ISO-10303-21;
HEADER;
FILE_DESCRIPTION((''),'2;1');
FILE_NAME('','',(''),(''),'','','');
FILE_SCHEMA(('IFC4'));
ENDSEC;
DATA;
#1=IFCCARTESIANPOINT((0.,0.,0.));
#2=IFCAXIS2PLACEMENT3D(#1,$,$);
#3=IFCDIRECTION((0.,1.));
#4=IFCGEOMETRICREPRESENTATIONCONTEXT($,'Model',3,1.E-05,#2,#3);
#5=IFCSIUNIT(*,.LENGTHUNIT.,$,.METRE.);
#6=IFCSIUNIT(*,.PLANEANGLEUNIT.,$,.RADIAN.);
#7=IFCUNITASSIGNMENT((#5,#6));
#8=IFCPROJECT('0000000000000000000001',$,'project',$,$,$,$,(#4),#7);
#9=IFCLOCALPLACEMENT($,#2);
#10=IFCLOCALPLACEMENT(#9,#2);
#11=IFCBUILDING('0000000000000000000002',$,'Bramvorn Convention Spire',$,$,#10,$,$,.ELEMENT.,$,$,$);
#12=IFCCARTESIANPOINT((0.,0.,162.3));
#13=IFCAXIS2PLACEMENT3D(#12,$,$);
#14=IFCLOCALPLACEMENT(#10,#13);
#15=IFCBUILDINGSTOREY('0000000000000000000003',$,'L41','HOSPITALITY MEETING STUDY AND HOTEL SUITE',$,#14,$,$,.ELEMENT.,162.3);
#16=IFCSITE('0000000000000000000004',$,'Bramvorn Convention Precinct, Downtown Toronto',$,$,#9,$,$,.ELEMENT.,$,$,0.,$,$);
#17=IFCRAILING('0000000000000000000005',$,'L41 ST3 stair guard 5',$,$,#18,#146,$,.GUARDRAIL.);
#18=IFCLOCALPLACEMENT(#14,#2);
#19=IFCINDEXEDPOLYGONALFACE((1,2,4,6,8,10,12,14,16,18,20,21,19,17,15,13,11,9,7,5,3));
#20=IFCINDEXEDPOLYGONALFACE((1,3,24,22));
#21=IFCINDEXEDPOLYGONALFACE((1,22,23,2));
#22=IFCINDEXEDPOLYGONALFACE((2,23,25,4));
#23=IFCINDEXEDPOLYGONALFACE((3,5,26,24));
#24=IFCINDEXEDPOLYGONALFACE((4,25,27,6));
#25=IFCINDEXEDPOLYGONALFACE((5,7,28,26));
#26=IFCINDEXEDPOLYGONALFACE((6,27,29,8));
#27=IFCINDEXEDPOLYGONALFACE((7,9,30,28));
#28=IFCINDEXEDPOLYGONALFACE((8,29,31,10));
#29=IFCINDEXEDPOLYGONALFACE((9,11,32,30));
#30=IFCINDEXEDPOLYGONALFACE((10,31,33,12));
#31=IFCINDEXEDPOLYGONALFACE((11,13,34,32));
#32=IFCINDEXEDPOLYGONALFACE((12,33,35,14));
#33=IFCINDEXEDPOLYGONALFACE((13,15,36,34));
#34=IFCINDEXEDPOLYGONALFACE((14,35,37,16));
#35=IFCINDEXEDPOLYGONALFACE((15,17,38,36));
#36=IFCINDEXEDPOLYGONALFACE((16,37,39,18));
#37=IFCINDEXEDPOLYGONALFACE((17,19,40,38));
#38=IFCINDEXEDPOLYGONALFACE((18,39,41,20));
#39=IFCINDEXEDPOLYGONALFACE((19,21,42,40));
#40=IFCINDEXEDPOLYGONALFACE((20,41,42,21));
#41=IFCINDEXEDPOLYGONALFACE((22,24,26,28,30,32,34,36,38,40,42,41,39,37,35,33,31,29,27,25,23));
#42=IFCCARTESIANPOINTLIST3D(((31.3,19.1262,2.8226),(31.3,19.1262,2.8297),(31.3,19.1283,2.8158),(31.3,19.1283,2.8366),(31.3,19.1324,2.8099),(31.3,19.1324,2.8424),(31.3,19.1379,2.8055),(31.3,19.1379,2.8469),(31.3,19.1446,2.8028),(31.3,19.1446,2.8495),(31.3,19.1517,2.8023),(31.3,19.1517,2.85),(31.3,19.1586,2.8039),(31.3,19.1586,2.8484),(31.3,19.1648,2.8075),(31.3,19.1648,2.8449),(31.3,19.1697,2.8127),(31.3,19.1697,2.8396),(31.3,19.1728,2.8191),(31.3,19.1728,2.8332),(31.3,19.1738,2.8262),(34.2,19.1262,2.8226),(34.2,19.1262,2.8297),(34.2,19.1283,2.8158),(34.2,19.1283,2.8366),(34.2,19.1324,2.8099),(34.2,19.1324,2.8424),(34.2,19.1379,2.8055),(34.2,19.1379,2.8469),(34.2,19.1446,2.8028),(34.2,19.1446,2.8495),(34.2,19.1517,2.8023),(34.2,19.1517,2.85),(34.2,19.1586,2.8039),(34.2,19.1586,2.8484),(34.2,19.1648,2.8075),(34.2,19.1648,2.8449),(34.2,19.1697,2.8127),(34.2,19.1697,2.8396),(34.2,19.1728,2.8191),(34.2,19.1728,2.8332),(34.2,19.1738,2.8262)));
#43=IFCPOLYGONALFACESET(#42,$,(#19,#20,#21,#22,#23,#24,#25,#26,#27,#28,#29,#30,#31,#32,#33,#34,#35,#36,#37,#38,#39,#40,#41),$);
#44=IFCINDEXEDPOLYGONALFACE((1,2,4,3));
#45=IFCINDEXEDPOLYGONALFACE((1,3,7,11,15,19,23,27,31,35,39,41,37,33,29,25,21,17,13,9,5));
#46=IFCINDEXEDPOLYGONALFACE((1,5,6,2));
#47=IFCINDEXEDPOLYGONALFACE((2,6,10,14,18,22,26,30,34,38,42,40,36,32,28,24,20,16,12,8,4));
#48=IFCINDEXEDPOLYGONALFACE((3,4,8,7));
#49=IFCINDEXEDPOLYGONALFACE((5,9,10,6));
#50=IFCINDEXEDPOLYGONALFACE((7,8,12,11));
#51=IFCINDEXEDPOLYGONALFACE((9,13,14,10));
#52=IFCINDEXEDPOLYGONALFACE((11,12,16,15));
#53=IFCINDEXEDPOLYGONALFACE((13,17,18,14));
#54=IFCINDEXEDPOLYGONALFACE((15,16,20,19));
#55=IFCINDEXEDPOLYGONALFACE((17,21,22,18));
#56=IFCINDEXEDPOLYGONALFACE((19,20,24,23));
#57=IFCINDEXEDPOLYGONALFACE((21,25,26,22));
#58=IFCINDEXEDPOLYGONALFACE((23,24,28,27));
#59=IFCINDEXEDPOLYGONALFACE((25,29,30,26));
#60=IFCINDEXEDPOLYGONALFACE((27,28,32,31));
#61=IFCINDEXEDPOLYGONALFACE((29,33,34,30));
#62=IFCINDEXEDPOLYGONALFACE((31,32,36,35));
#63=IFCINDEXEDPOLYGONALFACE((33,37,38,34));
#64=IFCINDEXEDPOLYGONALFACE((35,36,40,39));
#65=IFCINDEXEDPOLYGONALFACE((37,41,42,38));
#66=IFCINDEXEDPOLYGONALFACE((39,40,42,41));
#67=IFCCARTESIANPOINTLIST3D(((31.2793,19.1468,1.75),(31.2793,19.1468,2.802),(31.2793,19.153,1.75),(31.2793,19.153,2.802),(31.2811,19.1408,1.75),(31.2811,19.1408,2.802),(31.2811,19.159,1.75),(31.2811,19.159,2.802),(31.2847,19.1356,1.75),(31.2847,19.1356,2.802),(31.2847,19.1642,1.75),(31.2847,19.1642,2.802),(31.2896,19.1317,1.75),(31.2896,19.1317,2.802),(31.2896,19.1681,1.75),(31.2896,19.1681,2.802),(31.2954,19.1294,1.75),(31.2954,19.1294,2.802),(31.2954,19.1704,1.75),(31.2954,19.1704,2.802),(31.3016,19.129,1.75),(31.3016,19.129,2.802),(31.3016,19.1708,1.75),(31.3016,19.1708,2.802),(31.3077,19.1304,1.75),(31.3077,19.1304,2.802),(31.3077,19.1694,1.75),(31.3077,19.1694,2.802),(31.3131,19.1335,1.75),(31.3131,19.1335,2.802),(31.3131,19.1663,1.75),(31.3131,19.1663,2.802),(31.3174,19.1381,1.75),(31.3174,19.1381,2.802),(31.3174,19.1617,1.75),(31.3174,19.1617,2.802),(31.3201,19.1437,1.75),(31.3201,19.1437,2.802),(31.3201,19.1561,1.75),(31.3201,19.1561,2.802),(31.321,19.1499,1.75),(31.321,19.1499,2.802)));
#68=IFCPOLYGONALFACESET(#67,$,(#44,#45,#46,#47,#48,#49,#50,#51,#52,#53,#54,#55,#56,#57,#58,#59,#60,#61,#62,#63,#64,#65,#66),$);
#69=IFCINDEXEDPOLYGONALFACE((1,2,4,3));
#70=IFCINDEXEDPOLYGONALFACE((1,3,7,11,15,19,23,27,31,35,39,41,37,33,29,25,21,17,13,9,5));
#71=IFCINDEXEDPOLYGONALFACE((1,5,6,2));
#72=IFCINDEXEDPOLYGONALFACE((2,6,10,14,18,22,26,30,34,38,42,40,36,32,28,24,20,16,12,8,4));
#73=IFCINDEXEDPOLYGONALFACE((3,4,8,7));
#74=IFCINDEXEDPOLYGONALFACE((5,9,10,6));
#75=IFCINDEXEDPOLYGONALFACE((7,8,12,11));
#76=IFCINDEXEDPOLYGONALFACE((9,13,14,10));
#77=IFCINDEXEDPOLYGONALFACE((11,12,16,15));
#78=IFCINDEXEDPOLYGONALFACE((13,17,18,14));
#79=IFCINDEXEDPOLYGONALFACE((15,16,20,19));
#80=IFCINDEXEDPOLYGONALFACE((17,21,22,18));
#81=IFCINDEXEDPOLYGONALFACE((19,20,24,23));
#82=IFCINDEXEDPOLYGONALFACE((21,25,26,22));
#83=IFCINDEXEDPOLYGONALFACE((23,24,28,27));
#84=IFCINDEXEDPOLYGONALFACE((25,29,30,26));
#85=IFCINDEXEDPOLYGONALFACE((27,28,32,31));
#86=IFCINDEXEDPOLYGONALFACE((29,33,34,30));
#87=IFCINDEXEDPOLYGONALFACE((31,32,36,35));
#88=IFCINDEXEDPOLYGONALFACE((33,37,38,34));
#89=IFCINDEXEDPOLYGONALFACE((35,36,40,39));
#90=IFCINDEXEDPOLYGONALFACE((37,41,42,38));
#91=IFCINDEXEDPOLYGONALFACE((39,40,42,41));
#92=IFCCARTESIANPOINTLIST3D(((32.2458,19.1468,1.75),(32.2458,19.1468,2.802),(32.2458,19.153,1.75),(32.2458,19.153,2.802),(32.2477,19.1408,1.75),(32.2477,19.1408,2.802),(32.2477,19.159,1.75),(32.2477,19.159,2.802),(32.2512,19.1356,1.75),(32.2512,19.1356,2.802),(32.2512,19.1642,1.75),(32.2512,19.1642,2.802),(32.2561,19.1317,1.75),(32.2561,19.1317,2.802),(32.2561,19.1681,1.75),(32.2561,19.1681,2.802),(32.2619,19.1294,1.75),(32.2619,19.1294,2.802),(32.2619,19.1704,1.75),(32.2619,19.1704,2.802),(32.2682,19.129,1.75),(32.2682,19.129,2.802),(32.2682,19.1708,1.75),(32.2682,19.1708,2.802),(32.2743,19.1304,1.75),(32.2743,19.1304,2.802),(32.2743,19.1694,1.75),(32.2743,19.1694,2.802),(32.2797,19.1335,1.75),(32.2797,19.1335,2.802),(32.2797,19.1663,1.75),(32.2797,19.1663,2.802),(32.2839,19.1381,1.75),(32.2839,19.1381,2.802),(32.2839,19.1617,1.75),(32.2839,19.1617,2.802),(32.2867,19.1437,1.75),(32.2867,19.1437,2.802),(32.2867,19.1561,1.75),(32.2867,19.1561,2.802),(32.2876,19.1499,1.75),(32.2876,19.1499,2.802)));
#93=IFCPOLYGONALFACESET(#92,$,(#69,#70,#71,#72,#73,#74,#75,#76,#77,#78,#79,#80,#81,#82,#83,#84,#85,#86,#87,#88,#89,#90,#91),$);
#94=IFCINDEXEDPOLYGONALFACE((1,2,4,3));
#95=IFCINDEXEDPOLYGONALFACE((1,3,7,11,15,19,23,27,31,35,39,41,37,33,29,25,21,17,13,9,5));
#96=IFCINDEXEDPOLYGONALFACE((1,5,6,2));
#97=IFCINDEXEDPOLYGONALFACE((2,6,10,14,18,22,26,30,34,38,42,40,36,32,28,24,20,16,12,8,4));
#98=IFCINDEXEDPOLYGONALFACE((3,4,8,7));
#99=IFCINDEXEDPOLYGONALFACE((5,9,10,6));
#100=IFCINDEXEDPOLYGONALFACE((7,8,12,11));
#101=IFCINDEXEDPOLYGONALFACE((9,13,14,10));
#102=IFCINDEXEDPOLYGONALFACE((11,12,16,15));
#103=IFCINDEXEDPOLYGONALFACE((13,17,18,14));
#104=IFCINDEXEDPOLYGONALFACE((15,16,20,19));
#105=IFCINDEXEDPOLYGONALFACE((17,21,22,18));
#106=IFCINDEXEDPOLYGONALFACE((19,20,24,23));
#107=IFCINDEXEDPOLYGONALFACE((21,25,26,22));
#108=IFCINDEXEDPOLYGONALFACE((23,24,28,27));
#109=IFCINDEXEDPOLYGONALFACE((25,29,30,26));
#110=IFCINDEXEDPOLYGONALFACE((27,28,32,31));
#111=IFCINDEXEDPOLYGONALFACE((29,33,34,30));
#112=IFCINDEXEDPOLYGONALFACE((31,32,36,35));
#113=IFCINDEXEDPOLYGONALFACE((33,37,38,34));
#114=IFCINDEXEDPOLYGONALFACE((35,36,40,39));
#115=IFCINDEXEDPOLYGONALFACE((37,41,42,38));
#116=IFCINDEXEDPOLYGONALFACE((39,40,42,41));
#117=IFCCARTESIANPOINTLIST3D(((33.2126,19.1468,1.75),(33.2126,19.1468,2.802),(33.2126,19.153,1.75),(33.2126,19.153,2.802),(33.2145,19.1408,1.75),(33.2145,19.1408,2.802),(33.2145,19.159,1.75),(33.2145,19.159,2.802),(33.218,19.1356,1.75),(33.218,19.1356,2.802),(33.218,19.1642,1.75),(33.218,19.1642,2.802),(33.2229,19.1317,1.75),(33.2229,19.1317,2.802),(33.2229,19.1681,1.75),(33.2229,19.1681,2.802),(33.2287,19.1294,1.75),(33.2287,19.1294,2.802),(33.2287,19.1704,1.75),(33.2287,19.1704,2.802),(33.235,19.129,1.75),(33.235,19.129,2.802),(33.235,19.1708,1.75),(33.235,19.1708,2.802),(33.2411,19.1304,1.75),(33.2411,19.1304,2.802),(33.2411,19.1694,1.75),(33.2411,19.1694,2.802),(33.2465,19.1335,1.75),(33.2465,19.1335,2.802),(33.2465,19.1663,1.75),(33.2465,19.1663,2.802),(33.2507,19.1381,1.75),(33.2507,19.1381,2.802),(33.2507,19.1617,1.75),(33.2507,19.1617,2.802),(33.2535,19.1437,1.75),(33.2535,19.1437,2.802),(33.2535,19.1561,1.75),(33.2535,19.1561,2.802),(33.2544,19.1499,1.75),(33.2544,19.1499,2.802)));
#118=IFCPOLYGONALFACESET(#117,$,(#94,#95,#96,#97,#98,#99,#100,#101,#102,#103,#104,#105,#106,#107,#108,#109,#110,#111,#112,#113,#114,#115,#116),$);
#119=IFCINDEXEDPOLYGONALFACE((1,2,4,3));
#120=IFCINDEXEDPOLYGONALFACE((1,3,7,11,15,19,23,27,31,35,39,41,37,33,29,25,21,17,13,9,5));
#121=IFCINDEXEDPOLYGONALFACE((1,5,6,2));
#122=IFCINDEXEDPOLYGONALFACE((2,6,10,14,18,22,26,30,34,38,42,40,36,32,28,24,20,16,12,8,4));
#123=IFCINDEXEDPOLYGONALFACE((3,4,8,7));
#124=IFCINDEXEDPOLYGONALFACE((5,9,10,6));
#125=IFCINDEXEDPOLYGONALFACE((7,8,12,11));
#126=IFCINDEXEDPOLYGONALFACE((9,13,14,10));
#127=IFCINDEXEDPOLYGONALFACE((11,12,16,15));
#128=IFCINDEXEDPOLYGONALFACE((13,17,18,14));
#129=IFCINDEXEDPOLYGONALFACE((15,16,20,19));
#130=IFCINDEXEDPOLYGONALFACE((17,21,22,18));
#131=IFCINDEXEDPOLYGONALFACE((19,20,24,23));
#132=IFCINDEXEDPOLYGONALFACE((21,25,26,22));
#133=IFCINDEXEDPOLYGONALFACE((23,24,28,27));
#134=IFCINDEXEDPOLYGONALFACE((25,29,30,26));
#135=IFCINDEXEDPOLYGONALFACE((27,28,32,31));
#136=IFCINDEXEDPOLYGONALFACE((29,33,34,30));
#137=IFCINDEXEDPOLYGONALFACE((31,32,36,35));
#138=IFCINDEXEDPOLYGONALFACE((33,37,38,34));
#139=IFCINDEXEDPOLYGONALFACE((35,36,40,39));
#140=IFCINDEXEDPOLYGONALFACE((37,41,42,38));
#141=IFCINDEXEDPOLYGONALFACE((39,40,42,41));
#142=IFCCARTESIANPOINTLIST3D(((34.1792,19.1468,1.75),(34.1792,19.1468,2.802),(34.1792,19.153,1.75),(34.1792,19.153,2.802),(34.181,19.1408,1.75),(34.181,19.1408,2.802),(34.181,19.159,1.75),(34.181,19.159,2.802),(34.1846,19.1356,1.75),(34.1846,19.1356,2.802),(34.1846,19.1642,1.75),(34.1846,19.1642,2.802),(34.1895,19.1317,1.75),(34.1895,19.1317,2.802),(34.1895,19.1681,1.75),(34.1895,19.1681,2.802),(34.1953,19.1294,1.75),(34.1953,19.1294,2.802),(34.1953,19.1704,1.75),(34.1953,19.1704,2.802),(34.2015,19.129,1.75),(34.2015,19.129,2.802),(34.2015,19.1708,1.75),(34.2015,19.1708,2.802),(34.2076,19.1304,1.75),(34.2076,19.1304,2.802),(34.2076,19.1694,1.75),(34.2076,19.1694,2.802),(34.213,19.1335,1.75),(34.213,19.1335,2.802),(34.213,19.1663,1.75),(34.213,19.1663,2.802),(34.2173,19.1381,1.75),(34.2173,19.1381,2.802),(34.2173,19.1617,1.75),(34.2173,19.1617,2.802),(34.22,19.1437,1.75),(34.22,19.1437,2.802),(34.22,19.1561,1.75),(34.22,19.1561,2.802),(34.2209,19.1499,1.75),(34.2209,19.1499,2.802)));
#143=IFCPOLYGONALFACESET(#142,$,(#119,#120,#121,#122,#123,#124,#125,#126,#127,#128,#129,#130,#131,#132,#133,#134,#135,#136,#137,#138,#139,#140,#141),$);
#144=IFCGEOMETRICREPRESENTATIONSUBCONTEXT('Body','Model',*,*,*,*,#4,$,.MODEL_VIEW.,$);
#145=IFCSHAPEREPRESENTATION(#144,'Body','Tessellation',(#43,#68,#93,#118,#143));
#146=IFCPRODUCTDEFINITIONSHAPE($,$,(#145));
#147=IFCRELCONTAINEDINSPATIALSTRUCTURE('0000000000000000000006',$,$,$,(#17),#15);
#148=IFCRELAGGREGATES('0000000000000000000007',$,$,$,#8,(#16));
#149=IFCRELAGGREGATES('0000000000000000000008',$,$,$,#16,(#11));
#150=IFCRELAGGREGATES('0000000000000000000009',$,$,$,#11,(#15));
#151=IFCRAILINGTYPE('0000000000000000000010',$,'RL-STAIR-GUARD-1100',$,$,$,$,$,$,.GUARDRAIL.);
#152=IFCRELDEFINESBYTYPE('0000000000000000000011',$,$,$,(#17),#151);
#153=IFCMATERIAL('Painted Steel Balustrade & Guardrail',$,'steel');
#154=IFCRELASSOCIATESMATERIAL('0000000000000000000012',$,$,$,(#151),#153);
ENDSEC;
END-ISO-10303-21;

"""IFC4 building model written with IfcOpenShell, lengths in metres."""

from ifc_helpers import new_model, si_unit, direction, frame, origin, origin_2d, place, context, subcontext, project, spatial, circle, extrude, material, type_object, element, save


model = new_model("IFC4")

# Units and contexts
model_context = context("Model", 3, precision=1e-05, world=origin(), true_north=direction((0.0, 1.0)))
body_context = subcontext(model_context, "Body", "Model", "MODEL_VIEW")
ifc_project = project(units=[si_unit("LENGTHUNIT", "METRE"), si_unit("PLANEANGLEUNIT", "RADIAN")], contexts=[model_context])

# Site, building, storey
site_placement = place(None, origin())
site = spatial("IfcSite", under=ifc_project, at=site_placement, Name="Bramvorn Convention Precinct, Downtown Toronto", CompositionType="ELEMENT", RefElevation=0.0)
building_placement = place(site_placement, origin())
building = spatial("IfcBuilding", under=site, at=building_placement, Name="Bramvorn Convention Spire", CompositionType="ELEMENT")
storey_placement = place(building_placement, frame((0.0, 0.0, 162.3)))
storey = spatial("IfcBuildingStorey", under=building, at=storey_placement, Name="L41", Description="HOSPITALITY MEETING STUDY AND HOTEL SUITE", CompositionType="ELEMENT", Elevation=162.3)

# Railing
ifc_material_1 = material(Name="Painted Steel Balustrade & Guardrail", Category="steel")
railing_type_1 = type_object("IfcRailingType", Name="RL-STAIR-GUARD-1100", PredefinedType="GUARDRAIL", material=ifc_material_1)
railing_1_placement = place(storey_placement, frame((31.3, 19.1499, 1.75)))
element("IfcRailing", 1, at=railing_1_placement, inside=storey, type_object=railing_type_1, Name="L41 ST3 stair guard 5", PredefinedType="GUARDRAIL", context=body_context, shape_type="SweptSolid", body=[
    extrude(circle(Radius=0.0239, at=origin_2d()), frame((0.0, 0.0, 1.0762), z_axis=(1.0, 0.0, 0.0), x_axis=(0.0, 1.0, 0.0)), (0.0, 0.0, 1.0), 2.8999),
    extrude(circle(Radius=0.021, at=origin_2d()), origin(), (0.0, 0.0, 1.0), 1.052),
    extrude(circle(Radius=0.021, at=origin_2d()), frame((0.9666, 0.0, 0.0)), (0.0, 0.0, 1.0), 1.052),
    extrude(circle(Radius=0.021, at=origin_2d()), frame((1.9333, 0.0, 0.0)), (0.0, 0.0, 1.0), 1.052),
    extrude(circle(Radius=0.021, at=origin_2d()), frame((2.8999, 0.0, 0.0)), (0.0, 0.0, 1.0), 1.052),
])

save(model, "model.ifc")
